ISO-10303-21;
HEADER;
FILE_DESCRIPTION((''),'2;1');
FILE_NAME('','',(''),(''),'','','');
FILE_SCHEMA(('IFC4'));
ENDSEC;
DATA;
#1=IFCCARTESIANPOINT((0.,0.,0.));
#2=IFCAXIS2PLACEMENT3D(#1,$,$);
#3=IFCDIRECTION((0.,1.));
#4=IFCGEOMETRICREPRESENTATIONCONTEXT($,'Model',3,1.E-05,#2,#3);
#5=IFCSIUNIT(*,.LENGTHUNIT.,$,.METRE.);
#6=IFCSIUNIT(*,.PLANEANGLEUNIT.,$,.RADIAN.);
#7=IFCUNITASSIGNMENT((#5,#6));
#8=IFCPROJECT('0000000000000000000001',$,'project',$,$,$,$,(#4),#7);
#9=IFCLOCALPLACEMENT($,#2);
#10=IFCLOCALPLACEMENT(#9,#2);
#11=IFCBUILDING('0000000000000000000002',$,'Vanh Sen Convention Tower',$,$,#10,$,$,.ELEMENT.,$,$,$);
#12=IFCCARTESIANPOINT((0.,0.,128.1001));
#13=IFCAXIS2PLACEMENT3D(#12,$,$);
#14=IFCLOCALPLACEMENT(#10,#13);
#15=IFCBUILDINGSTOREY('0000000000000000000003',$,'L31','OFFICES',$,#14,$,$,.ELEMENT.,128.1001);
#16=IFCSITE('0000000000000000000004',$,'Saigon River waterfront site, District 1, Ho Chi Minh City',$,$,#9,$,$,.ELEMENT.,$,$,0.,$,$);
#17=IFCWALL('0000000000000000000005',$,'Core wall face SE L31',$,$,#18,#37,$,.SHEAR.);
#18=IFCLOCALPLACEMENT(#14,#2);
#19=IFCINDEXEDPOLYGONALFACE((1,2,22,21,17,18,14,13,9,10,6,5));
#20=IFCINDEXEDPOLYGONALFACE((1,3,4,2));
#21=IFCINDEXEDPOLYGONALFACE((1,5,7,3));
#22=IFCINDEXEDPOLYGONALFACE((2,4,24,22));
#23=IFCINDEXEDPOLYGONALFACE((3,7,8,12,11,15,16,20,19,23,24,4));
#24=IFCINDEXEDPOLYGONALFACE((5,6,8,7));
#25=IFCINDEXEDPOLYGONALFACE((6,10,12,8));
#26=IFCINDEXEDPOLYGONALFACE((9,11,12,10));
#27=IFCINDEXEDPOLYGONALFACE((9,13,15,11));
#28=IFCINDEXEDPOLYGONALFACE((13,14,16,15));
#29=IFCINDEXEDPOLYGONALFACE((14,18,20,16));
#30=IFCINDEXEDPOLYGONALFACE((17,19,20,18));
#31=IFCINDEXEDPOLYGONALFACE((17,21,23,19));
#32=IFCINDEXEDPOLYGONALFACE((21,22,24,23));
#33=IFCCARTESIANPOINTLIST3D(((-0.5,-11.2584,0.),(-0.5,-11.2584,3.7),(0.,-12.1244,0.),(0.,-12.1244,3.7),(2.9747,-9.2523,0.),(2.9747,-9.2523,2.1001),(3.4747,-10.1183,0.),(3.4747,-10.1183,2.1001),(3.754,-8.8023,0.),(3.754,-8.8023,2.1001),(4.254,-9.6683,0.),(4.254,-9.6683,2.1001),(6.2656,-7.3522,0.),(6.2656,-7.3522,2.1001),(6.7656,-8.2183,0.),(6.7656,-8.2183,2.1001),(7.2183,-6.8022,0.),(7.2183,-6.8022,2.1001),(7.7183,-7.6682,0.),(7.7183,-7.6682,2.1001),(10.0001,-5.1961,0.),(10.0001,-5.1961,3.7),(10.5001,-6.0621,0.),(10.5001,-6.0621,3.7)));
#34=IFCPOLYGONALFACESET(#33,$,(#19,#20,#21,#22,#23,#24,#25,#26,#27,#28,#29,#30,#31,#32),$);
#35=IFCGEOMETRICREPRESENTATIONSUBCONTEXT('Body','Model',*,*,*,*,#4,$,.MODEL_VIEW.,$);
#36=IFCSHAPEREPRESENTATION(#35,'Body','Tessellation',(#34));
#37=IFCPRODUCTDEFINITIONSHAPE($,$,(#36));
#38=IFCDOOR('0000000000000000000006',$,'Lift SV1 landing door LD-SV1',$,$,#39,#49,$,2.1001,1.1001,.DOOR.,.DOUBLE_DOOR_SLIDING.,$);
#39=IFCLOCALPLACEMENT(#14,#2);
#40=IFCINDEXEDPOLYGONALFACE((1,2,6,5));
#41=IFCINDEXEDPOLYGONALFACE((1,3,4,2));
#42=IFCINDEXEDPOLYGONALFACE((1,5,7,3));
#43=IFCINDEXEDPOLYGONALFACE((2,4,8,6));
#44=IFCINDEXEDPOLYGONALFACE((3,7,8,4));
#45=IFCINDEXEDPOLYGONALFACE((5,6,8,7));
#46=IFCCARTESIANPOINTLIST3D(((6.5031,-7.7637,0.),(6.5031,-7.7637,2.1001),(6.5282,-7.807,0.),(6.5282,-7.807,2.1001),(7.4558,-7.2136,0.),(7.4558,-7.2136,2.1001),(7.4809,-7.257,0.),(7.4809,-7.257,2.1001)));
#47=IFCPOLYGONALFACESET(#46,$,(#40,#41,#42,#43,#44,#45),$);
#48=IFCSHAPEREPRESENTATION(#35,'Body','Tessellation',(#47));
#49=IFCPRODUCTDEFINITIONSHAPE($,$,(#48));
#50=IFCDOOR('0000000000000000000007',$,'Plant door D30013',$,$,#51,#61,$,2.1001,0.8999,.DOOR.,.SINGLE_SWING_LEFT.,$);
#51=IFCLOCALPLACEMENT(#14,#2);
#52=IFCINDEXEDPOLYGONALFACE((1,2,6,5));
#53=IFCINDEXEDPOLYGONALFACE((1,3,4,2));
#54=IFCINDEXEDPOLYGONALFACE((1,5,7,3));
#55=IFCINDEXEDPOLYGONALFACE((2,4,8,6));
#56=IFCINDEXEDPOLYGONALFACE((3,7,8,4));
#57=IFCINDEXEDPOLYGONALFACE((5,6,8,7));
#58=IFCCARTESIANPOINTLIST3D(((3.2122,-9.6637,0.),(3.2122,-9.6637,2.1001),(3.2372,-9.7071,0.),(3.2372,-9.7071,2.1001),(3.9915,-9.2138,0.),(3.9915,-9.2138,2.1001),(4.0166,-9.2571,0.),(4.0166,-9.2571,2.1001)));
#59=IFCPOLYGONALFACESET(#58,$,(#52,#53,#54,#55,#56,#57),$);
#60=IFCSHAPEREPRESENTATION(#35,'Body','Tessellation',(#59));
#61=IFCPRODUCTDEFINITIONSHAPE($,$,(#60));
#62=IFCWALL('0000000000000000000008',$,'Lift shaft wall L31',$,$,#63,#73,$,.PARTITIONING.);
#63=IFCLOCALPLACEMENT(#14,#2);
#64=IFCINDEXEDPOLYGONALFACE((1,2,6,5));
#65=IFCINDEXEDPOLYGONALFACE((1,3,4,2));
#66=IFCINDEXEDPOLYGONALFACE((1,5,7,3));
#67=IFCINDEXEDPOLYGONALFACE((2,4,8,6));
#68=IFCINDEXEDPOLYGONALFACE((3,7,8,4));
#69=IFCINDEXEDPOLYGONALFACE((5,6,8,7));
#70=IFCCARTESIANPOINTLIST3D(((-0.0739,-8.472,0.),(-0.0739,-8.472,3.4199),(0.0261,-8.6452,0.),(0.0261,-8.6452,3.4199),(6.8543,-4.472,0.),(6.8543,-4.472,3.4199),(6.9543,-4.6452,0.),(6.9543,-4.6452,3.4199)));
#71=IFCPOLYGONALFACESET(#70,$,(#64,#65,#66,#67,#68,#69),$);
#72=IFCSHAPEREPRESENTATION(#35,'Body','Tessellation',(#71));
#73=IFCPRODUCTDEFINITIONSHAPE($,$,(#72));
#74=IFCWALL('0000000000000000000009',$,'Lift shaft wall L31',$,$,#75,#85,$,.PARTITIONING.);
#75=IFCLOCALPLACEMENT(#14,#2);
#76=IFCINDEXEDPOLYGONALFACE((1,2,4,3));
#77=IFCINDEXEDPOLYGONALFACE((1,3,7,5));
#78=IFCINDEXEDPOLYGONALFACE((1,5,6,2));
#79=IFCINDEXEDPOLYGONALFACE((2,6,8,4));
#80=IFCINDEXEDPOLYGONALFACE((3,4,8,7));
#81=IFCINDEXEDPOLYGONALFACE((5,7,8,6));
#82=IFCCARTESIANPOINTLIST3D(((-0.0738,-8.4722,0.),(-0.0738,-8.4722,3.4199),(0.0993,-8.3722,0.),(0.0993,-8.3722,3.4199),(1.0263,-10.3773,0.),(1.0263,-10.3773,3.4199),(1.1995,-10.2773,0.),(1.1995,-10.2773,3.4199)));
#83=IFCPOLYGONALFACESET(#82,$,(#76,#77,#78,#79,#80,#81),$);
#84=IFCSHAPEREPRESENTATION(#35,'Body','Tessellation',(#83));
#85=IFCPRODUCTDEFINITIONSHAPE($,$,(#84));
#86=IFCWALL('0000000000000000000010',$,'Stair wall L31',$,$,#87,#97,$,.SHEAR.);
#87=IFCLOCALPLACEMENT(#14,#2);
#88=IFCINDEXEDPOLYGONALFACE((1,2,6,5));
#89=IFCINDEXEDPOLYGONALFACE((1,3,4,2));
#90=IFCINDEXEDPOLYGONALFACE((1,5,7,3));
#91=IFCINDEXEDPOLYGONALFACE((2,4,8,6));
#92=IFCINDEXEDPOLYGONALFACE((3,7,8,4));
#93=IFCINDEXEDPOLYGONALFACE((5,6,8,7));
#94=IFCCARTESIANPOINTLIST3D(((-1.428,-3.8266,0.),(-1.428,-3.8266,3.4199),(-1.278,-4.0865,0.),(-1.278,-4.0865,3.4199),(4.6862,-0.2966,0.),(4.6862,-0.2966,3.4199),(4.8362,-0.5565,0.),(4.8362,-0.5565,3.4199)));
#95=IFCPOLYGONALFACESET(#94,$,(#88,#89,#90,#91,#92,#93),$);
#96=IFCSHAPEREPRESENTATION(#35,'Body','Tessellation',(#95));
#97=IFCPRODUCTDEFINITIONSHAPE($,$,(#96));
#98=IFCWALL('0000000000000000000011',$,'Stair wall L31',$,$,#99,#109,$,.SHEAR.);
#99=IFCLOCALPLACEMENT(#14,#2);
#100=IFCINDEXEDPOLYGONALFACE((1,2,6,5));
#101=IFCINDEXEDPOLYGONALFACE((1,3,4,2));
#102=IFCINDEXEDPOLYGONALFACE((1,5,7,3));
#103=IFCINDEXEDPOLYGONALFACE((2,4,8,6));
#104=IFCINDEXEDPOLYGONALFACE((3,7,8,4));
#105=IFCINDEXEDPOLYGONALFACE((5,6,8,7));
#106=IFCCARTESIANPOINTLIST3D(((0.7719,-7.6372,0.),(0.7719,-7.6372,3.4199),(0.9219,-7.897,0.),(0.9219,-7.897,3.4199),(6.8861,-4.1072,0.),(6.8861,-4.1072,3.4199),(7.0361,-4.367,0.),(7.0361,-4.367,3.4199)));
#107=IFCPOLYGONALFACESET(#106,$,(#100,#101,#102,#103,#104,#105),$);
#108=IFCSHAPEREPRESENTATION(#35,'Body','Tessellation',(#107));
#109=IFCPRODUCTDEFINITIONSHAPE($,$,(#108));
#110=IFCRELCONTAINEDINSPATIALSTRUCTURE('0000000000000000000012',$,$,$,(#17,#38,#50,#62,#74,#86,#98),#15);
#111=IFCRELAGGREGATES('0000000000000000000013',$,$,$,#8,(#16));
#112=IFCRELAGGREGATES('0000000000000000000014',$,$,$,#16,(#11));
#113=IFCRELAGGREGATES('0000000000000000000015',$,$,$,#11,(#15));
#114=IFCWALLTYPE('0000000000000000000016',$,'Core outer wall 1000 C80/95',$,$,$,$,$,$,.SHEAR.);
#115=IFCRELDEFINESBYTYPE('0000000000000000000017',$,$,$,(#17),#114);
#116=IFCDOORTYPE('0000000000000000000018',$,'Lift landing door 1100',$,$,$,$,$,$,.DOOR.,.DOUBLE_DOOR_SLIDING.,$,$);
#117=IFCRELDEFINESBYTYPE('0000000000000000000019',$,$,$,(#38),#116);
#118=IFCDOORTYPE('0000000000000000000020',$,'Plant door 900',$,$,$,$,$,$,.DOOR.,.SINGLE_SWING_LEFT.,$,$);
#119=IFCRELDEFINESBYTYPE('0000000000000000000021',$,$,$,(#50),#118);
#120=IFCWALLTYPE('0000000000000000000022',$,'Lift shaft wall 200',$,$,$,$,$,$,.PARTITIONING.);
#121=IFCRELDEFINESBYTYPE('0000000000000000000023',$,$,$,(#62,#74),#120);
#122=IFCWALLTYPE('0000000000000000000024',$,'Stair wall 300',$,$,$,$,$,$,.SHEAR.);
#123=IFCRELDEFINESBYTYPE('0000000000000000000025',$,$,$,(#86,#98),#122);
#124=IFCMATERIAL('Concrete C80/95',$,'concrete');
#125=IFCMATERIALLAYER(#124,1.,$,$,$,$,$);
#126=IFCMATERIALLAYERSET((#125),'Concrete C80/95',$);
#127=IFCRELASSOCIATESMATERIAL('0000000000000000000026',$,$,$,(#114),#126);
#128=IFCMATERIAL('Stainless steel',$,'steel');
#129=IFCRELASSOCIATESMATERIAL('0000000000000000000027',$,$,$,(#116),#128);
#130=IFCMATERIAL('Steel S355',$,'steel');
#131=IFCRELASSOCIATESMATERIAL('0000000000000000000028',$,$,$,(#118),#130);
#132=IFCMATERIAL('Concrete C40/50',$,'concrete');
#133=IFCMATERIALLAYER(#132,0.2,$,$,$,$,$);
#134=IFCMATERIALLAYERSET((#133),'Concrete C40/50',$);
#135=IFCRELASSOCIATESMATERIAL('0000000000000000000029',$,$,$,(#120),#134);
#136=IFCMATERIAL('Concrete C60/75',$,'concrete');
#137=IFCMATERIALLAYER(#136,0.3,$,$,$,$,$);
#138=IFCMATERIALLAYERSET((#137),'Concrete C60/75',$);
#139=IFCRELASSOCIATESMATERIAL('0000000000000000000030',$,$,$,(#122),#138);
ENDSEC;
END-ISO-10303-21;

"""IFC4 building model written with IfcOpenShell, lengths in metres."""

from ifc_helpers import new_model, si_unit, direction, frame, frame_2d, origin, place, context, subcontext, project, spatial, rectangle, extrude, material, layer, layer_set, type_object, element, fill, save


model = new_model("IFC4")

# Units and contexts
model_context = context("Model", 3, precision=1e-05, world=origin(), true_north=direction((0.0, 1.0)))
body_context = subcontext(model_context, "Body", "Model", "MODEL_VIEW")
ifc_project = project(units=[si_unit("LENGTHUNIT", "METRE"), si_unit("PLANEANGLEUNIT", "RADIAN")], contexts=[model_context])

# Site, building, storey
site_placement = place(None, origin())
site = spatial("IfcSite", under=ifc_project, at=site_placement, Name="Saigon River waterfront site, District 1, Ho Chi Minh City", CompositionType="ELEMENT", RefElevation=0.0)
building_placement = place(site_placement, origin())
building = spatial("IfcBuilding", under=site, at=building_placement, Name="Vanh Sen Convention Tower", CompositionType="ELEMENT")
storey_placement = place(building_placement, frame((0.0, 0.0, 128.1001)))
storey = spatial("IfcBuildingStorey", under=building, at=storey_placement, Name="L31", Description="OFFICES", CompositionType="ELEMENT", Elevation=128.1001)

# Shared definitions
ifc_material_1 = material(Name="Concrete C40/50", Category="concrete")

# Wall, openings, doors
ifc_material_2 = material(Name="Concrete C80/95", Category="concrete")
ifc_layer_1 = layer(ifc_material_2, 1.0)
ifc_layer_set_1 = layer_set([ifc_layer_1], Name="Concrete C80/95")
wall_type_1 = type_object("IfcWallType", Name="Core outer wall 1000 C80/95", PredefinedType="SHEAR", material=ifc_layer_set_1)
wall_1_placement = place(storey_placement, frame((-0.25, -11.6914, 0.0), z_axis=(0.0, 0.0, 1.0), x_axis=(0.866023, 0.500005, 0.0)))
wall_1 = element("IfcWall", 1, at=wall_1_placement, inside=storey, type_object=wall_type_1, Name="Core wall face SE L31", PredefinedType="SHEAR", context=body_context, shape_type="SweptSolid", body=[
    extrude(rectangle(XDim=12.1245, YDim=1.0, at=frame_2d((6.0623, 0.0))), origin(), (0.0, 0.0, 1.0), 3.7),
])
opening_1_placement = place(wall_1_placement, frame((4.0122, 0.0, 0.0)))
opening_1 = element("IfcOpeningElement", 2, at=opening_1_placement, cuts=wall_1, PredefinedType="OPENING", context=body_context, shape_type="SweptSolid", body=[
    extrude(rectangle(XDim=0.8999, YDim=2.1001, at=frame_2d((0.45, 1.05))), frame((0.0, 0.51, 0.0), z_axis=(0.0, -1.0, 0.0), x_axis=(1.0, 0.0, 0.0)), (0.0, 0.0, 1.0), 1.02),
])
opening_2_placement = place(wall_1_placement, frame((7.8123, 0.0, 0.0)))
opening_2 = element("IfcOpeningElement", 3, at=opening_2_placement, cuts=wall_1, PredefinedType="OPENING", context=body_context, shape_type="SweptSolid", body=[
    extrude(rectangle(XDim=1.1001, YDim=2.1001, at=frame_2d((0.55, 1.05))), frame((0.0, 0.51, 0.0), z_axis=(0.0, -1.0, 0.0), x_axis=(1.0, 0.0, 0.0)), (0.0, 0.0, 1.0), 1.02),
])
ifc_material_3 = material(Name="Stainless steel", Category="steel")
door_type_1 = type_object("IfcDoorType", Name="Lift landing door 1100", OperationType="DOUBLE_DOOR_SLIDING", PredefinedType="DOOR", material=ifc_material_3)
door_1_placement = place(opening_2_placement, origin())
door_1 = element("IfcDoor", 4, at=door_1_placement, inside=storey, type_object=door_type_1, Name="Lift SV1 landing door LD-SV1", OperationType="DOUBLE_DOOR_SLIDING", OverallHeight=2.1001, OverallWidth=1.1001, PredefinedType="DOOR", context=body_context, shape_type="SweptSolid", body=[
    extrude(rectangle(XDim=1.1001, YDim=2.1001, at=frame_2d((0.55, 1.05))), frame((0.0, 0.0249, 0.0), z_axis=(0.0, -1.0, 0.0), x_axis=(1.0, 0.0, 0.0)), (0.0, 0.0, 1.0), 0.05),
])
fill(opening_2, door_1)
ifc_material_4 = material(Name="Steel S355", Category="steel")
door_type_2 = type_object("IfcDoorType", Name="Plant door 900", OperationType="SINGLE_SWING_LEFT", PredefinedType="DOOR", material=ifc_material_4)
door_2_placement = place(opening_1_placement, origin())
door_2 = element("IfcDoor", 5, at=door_2_placement, inside=storey, type_object=door_type_2, Name="Plant door D30013", OperationType="SINGLE_SWING_LEFT", OverallHeight=2.1001, OverallWidth=0.8999, PredefinedType="DOOR", context=body_context, shape_type="SweptSolid", body=[
    extrude(rectangle(XDim=0.8999, YDim=2.1001, at=frame_2d((0.45, 1.05))), frame((0.0, 0.0249, 0.0), z_axis=(0.0, -1.0, 0.0), x_axis=(1.0, 0.0, 0.0)), (0.0, 0.0, 1.0), 0.05),
])
fill(opening_1, door_2)

# Walls
ifc_layer_2 = layer(ifc_material_1, 0.2)
ifc_layer_set_2 = layer_set([ifc_layer_2], Name="Concrete C40/50")
wall_type_2 = type_object("IfcWallType", Name="Lift shaft wall 200", PredefinedType="PARTITIONING", material=ifc_layer_set_2)
wall_2_placement = place(storey_placement, frame((-0.0239, -8.5586, 0.0), z_axis=(0.0, 0.0, 1.0), x_axis=(0.866026, 0.499999, 0.0)))
element("IfcWall", 6, at=wall_2_placement, inside=storey, type_object=wall_type_2, Name="Lift shaft wall L31", PredefinedType="PARTITIONING", context=body_context, shape_type="SweptSolid", body=[
    extrude(rectangle(XDim=8.0, YDim=0.2, at=frame_2d((4.0, 0.0))), origin(), (0.0, 0.0, 1.0), 3.4199),
])
wall_3_placement = place(storey_placement, frame((0.0127, -8.4221, 0.0), z_axis=(0.0, 0.0, 1.0), x_axis=(0.500078, -0.86598, 0.0)))
element("IfcWall", 7, at=wall_3_placement, inside=storey, type_object=wall_type_2, Name="Lift shaft wall L31", PredefinedType="PARTITIONING", context=body_context, shape_type="SweptSolid", body=[
    extrude(rectangle(XDim=2.2, YDim=0.2, at=frame_2d((1.1001, 0.0))), origin(), (0.0, 0.0, 1.0), 3.4199),
])
ifc_material_5 = material(Name="Concrete C60/75", Category="concrete")
ifc_layer_3 = layer(ifc_material_5, 0.3)
ifc_layer_set_3 = layer_set([ifc_layer_3], Name="Concrete C60/75")
wall_type_3 = type_object("IfcWallType", Name="Stair wall 300", PredefinedType="SHEAR", material=ifc_layer_set_3)
for number, where, z_axis, x_axis, name in (
    (8, (-1.353, -3.9565, 0.0), (0.0, 0.0, 1.0), (0.866028, 0.499996, 0.0), "Stair wall L31"),
    (9, (0.8469, -7.7671, 0.0), (0.0, 0.0, 1.0), (0.866028, 0.499996, 0.0), "Stair wall L31"),
):
    element("IfcWall", number, at=place(storey_placement, frame(where, z_axis=z_axis, x_axis=x_axis)), inside=storey, type_object=wall_type_3, Name=name, PredefinedType="SHEAR", context=body_context, shape_type="SweptSolid", body=[
        extrude(rectangle(XDim=7.0601, YDim=0.3, at=frame_2d((3.53, 0.0))), origin(), (0.0, 0.0, 1.0), 3.4199),
    ])

save(model, "model.ifc")
